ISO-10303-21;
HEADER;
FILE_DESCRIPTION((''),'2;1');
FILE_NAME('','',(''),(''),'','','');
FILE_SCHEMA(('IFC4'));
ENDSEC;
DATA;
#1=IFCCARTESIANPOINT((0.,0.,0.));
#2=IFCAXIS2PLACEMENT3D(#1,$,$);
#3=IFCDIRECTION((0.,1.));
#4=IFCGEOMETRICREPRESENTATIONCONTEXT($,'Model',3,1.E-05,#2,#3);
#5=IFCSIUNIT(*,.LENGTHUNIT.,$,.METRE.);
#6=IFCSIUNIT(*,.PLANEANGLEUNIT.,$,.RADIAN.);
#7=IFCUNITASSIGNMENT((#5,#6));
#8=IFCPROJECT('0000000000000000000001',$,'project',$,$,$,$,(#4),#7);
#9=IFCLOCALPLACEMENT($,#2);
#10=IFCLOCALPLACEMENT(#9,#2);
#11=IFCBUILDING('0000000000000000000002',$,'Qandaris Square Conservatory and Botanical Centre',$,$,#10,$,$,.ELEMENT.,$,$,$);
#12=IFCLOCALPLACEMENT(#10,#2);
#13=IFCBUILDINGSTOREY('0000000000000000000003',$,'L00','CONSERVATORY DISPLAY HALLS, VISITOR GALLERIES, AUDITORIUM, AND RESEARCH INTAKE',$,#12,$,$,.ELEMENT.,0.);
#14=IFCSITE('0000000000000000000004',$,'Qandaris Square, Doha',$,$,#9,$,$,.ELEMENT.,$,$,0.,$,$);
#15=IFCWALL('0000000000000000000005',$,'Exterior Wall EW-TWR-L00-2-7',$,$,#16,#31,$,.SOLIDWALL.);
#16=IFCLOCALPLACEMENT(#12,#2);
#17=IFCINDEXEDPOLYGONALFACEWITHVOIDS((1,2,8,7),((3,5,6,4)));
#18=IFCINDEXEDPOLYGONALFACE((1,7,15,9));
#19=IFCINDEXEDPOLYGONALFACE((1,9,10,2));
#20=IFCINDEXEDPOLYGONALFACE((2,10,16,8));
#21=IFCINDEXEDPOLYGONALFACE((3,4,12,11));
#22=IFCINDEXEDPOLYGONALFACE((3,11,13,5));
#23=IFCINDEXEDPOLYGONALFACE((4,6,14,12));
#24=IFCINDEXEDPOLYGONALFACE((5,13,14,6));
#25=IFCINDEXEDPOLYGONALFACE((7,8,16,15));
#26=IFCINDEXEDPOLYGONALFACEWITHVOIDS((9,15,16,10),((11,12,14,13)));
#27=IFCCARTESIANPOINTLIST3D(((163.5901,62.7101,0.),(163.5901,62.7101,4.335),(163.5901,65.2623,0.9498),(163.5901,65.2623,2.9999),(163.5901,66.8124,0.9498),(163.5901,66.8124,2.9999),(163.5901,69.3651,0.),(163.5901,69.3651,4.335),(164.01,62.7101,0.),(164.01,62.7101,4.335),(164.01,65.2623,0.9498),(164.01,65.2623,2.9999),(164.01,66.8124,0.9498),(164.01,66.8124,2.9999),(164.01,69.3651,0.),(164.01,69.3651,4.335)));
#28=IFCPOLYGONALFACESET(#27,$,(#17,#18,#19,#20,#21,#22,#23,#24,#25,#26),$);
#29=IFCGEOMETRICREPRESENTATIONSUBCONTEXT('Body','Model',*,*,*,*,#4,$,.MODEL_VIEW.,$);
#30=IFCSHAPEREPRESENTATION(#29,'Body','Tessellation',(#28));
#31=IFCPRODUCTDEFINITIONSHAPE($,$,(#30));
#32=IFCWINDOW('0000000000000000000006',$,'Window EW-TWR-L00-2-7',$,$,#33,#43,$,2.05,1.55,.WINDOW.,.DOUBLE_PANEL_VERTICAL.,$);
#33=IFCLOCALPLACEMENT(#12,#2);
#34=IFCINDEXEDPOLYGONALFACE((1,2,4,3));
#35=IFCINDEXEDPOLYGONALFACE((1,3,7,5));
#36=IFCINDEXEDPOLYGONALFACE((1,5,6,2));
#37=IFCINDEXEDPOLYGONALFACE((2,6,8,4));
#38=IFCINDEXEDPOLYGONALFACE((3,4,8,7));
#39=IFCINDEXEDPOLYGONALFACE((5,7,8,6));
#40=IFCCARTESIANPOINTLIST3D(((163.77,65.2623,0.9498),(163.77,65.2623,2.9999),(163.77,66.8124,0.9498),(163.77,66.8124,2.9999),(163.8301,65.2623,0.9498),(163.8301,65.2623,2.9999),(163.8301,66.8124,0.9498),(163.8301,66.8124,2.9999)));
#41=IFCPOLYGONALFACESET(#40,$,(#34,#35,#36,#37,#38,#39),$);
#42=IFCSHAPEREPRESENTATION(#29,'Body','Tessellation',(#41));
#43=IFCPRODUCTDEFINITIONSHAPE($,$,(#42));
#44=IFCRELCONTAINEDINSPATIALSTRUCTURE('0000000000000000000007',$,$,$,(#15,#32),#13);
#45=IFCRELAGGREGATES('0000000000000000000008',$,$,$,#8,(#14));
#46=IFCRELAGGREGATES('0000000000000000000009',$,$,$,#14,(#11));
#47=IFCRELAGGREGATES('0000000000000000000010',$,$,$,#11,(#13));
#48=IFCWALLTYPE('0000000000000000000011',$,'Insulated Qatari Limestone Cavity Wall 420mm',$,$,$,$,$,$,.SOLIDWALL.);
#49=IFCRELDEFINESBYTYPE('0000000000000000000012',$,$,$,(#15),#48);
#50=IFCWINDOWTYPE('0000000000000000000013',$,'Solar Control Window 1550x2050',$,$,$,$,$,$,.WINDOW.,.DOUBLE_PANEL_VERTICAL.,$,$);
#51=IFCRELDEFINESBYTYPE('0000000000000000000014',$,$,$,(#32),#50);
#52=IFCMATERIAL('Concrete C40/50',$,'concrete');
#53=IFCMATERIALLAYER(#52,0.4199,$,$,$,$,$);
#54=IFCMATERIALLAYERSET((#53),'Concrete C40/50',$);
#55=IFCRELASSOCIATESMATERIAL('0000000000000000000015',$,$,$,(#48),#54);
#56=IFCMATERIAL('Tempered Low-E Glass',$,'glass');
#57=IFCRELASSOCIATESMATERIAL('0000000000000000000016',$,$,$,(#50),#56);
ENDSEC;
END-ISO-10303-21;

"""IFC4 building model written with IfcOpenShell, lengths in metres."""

from ifc_helpers import new_model, si_unit, direction, frame, frame_2d, origin, place, context, subcontext, project, spatial, rectangle, extrude, material, layer, layer_set, type_object, element, fill, save


model = new_model("IFC4")

# Units and contexts
model_context = context("Model", 3, precision=1e-05, world=origin(), true_north=direction((0.0, 1.0)))
body_context = subcontext(model_context, "Body", "Model", "MODEL_VIEW")
ifc_project = project(units=[si_unit("LENGTHUNIT", "METRE"), si_unit("PLANEANGLEUNIT", "RADIAN")], contexts=[model_context])

# Site, building, storey
site_placement = place(None, origin())
site = spatial("IfcSite", under=ifc_project, at=site_placement, Name="Qandaris Square, Doha", CompositionType="ELEMENT", RefElevation=0.0)
building_placement = place(site_placement, origin())
building = spatial("IfcBuilding", under=site, at=building_placement, Name="Qandaris Square Conservatory and Botanical Centre", CompositionType="ELEMENT")
storey_placement = place(building_placement, origin())
storey = spatial("IfcBuildingStorey", under=building, at=storey_placement, Name="L00", Description="CONSERVATORY DISPLAY HALLS, VISITOR GALLERIES, AUDITORIUM, AND RESEARCH INTAKE", CompositionType="ELEMENT", Elevation=0.0)

# Shared definitions
ifc_material_1 = material(Name="Concrete C40/50", Category="concrete")

# Wall, opening, window
ifc_layer = layer(ifc_material_1, 0.4199)
ifc_layer_set = layer_set([ifc_layer], Name="Concrete C40/50")
wall_type = type_object("IfcWallType", Name="Insulated Qatari Limestone Cavity Wall 420mm", PredefinedType="SOLIDWALL", material=ifc_layer_set)
wall_placement = place(storey_placement, frame((163.8, 62.71, 0.0), z_axis=(0.0, 0.0, 1.0), x_axis=(0.0, 1.0, 0.0)))
wall = element("IfcWall", 1, at=wall_placement, inside=storey, type_object=wall_type, Name="Exterior Wall EW-TWR-L00-2-7", PredefinedType="SOLIDWALL", context=body_context, shape_type="SweptSolid", body=[
    extrude(rectangle(XDim=6.655, YDim=0.4199, at=frame_2d((3.3276, 0.0))), origin(), (0.0, 0.0, 1.0), 4.335),
])
opening_placement = place(wall_placement, frame((2.5525, 0.0, 0.95)))
opening = element("IfcOpeningElement", 2, at=opening_placement, cuts=wall, PredefinedType="OPENING", context=body_context, shape_type="SweptSolid", body=[
    extrude(rectangle(XDim=1.55, YDim=2.05, at=frame_2d((0.7749, 1.0249))), frame((0.0, 0.2219, 0.0), z_axis=(0.0, -1.0, 0.0), x_axis=(1.0, 0.0, 0.0)), (0.0, 0.0, 1.0), 0.4438),
])
ifc_material_2 = material(Name="Tempered Low-E Glass", Category="glass")
window_type = type_object("IfcWindowType", Name="Solar Control Window 1550x2050", PartitioningType="DOUBLE_PANEL_VERTICAL", PredefinedType="WINDOW", material=ifc_material_2)
window_placement = place(opening_placement, origin())
window = element("IfcWindow", 3, at=window_placement, inside=storey, type_object=window_type, Name="Window EW-TWR-L00-2-7", OverallHeight=2.05, OverallWidth=1.55, PartitioningType="DOUBLE_PANEL_VERTICAL", PredefinedType="WINDOW", context=body_context, shape_type="SweptSolid", body=[
    extrude(rectangle(XDim=1.55, YDim=2.05, at=frame_2d((0.7749, 1.0249))), frame((0.0, 0.03, 0.0), z_axis=(0.0, -1.0, 0.0), x_axis=(1.0, 0.0, 0.0)), (0.0, 0.0, 1.0), 0.0601),
])
fill(opening, window)

save(model, "model.ifc")
